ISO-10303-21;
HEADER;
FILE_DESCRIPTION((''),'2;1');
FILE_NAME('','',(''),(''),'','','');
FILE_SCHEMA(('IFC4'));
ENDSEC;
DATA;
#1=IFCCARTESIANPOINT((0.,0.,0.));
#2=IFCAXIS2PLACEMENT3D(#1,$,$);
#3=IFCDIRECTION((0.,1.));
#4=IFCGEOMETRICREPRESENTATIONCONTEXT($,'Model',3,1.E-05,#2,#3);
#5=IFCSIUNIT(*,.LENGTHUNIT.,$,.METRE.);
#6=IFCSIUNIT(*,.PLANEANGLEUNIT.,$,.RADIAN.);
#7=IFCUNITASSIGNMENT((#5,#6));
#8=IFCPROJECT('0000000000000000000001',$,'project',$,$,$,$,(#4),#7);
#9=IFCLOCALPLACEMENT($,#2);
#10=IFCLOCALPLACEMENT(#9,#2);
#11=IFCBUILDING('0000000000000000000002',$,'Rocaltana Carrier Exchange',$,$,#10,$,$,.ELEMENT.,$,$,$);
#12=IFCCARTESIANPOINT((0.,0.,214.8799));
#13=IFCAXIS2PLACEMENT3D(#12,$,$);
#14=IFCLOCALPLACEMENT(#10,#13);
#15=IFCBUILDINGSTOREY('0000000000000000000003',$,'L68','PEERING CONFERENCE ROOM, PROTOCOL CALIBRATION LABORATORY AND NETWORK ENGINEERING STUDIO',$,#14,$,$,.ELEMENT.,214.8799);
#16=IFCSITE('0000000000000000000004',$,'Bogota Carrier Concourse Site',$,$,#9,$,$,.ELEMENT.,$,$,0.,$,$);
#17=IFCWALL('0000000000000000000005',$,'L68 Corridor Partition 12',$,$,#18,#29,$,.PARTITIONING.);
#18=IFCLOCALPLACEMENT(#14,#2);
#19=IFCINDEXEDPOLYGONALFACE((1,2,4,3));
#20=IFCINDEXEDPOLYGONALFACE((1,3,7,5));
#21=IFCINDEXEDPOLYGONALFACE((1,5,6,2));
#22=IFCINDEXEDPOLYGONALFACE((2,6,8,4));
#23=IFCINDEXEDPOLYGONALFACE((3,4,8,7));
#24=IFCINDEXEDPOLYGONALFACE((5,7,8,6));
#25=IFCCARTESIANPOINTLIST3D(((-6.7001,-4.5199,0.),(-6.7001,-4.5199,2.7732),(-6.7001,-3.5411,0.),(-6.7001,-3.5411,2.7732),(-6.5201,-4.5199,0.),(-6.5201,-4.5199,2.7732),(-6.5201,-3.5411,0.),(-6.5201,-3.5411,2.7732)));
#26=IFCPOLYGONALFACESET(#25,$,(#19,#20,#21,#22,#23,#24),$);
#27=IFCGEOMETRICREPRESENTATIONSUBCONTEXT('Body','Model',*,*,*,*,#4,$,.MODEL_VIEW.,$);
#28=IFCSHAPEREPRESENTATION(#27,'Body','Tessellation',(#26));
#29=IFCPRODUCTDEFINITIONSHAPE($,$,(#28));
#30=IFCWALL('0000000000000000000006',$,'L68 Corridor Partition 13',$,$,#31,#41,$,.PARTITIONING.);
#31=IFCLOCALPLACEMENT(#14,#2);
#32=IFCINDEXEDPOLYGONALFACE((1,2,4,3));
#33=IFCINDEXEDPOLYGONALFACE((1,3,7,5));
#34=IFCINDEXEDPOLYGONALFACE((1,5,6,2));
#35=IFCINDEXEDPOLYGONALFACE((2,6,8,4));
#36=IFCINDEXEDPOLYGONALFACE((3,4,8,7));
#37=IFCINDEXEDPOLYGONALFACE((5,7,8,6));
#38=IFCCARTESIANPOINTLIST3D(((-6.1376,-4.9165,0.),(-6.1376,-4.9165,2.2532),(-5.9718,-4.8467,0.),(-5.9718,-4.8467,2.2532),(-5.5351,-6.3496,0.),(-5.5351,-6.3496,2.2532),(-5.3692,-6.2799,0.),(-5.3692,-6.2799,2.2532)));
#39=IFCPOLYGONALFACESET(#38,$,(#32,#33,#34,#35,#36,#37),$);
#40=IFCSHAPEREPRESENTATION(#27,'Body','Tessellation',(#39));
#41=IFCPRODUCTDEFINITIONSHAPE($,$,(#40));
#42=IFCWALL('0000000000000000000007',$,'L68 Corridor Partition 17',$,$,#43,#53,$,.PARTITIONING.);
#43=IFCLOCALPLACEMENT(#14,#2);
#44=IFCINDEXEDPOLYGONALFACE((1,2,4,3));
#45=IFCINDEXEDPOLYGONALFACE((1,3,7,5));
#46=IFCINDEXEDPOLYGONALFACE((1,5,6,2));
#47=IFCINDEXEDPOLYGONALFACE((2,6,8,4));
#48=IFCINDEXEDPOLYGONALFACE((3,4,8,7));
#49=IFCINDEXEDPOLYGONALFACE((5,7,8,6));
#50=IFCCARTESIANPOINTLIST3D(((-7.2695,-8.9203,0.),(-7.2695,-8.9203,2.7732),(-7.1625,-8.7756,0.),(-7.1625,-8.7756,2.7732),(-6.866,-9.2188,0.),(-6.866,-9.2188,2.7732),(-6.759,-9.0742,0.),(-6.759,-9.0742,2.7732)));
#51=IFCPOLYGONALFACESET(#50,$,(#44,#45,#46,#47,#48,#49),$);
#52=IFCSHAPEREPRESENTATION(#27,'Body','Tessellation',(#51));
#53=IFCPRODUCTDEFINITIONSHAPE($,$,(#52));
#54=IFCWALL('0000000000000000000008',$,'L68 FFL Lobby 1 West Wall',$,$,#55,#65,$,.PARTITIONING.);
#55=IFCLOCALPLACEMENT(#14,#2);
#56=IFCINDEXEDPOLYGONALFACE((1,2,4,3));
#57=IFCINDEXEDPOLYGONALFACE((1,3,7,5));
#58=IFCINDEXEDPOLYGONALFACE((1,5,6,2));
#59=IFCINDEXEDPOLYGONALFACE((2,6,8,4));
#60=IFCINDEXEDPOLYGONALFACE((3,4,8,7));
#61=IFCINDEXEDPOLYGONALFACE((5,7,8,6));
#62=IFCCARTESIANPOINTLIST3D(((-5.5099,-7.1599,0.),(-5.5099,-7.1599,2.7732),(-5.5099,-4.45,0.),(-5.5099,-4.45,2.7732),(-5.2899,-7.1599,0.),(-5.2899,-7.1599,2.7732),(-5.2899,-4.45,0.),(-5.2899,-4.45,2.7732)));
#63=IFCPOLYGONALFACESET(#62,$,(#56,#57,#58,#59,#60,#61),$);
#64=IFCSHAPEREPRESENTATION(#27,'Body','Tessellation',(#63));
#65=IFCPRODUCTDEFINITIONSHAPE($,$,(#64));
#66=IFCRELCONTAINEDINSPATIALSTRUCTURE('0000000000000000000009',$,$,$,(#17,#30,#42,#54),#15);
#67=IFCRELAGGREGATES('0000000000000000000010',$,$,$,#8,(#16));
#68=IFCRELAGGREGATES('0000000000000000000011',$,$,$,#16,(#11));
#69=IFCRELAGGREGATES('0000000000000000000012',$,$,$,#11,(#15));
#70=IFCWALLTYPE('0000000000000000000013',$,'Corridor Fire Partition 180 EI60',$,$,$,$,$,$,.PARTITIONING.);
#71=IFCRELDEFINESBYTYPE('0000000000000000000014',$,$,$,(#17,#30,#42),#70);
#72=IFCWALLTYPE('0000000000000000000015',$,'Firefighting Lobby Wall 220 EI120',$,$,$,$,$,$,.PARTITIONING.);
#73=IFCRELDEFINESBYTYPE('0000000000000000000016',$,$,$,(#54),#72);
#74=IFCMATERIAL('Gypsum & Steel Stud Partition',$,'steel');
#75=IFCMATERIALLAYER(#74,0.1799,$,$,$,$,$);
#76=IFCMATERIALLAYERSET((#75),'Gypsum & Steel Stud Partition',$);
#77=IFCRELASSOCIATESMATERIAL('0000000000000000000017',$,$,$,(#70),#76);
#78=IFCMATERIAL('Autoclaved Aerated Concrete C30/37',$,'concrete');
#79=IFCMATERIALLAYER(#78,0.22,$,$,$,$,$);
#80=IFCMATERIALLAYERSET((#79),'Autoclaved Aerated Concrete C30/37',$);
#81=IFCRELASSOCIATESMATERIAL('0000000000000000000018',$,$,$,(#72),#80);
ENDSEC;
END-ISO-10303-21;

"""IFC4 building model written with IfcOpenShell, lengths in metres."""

from ifc_helpers import new_model, si_unit, direction, frame, frame_2d, origin, place, context, subcontext, project, spatial, rectangle, extrude, material, layer, layer_set, type_object, element, save


model = new_model("IFC4")

# Units and contexts
model_context = context("Model", 3, precision=1e-05, world=origin(), true_north=direction((0.0, 1.0)))
body_context = subcontext(model_context, "Body", "Model", "MODEL_VIEW")
ifc_project = project(units=[si_unit("LENGTHUNIT", "METRE"), si_unit("PLANEANGLEUNIT", "RADIAN")], contexts=[model_context])

# Site, building, storey
site_placement = place(None, origin())
site = spatial("IfcSite", under=ifc_project, at=site_placement, Name="Bogota Carrier Concourse Site", CompositionType="ELEMENT", RefElevation=0.0)
building_placement = place(site_placement, origin())
building = spatial("IfcBuilding", under=site, at=building_placement, Name="Rocaltana Carrier Exchange", CompositionType="ELEMENT")
storey_placement = place(building_placement, frame((0.0, 0.0, 214.8799)))
storey = spatial("IfcBuildingStorey", under=building, at=storey_placement, Name="L68", Description="PEERING CONFERENCE ROOM, PROTOCOL CALIBRATION LABORATORY AND NETWORK ENGINEERING STUDIO", CompositionType="ELEMENT", Elevation=214.8799)

# Shared definitions
ifc_material_1 = material(Name="Gypsum & Steel Stud Partition", Category="steel")
ifc_layer_1 = layer(ifc_material_1, 0.1799)
ifc_layer_set_1 = layer_set([ifc_layer_1], Name="Gypsum & Steel Stud Partition")
wall_type_1 = type_object("IfcWallType", Name="Corridor Fire Partition 180 EI60", PredefinedType="PARTITIONING", material=ifc_layer_set_1)

# Walls
wall_1_placement = place(storey_placement, frame((-6.6101, -3.5413, 0.0), z_axis=(0.0, 0.0, 1.0), x_axis=(0.0, -1.0, 0.0)))
element("IfcWall", 1, at=wall_1_placement, inside=storey, type_object=wall_type_1, Name="L68 Corridor Partition 12", PredefinedType="PARTITIONING", context=body_context, shape_type="SweptSolid", body=[
    extrude(rectangle(XDim=0.9788, YDim=0.1799, at=frame_2d((0.4893, 0.0))), origin(), (0.0, 0.0, 1.0), 2.7732),
])
wall_2_placement = place(storey_placement, frame((-6.0547, -4.8816, 0.0), z_axis=(0.0, 0.0, 1.0), x_axis=(0.38758, -0.921836, 0.0)))
element("IfcWall", 2, at=wall_2_placement, inside=storey, type_object=wall_type_1, Name="L68 Corridor Partition 13", PredefinedType="PARTITIONING", context=body_context, shape_type="SweptSolid", body=[
    extrude(rectangle(XDim=1.5547, YDim=0.1799, at=frame_2d((0.7773, 0.0))), origin(), (0.0, 0.0, 1.0), 2.2532),
])
wall_3_placement = place(storey_placement, frame((-6.8125, -9.1465, 0.0), z_axis=(0.0, 0.0, 1.0), x_axis=(-0.803893, 0.594774, 0.0)))
element("IfcWall", 3, at=wall_3_placement, inside=storey, type_object=wall_type_1, Name="L68 Corridor Partition 17", PredefinedType="PARTITIONING", context=body_context, shape_type="SweptSolid", body=[
    extrude(rectangle(XDim=0.502, YDim=0.1799, at=frame_2d((0.251, 0.0))), origin(), (0.0, 0.0, 1.0), 2.7732),
])
ifc_material_2 = material(Name="Autoclaved Aerated Concrete C30/37", Category="concrete")
ifc_layer_2 = layer(ifc_material_2, 0.22)
ifc_layer_set_2 = layer_set([ifc_layer_2], Name="Autoclaved Aerated Concrete C30/37")
wall_type_2 = type_object("IfcWallType", Name="Firefighting Lobby Wall 220 EI120", PredefinedType="PARTITIONING", material=ifc_layer_set_2)
wall_4_placement = place(storey_placement, frame((-5.3999, -7.1599, 0.0), z_axis=(0.0, 0.0, 1.0), x_axis=(0.0, 1.0, 0.0)))
element("IfcWall", 4, at=wall_4_placement, inside=storey, type_object=wall_type_2, Name="L68 FFL Lobby 1 West Wall", PredefinedType="PARTITIONING", context=body_context, shape_type="SweptSolid", body=[
    extrude(rectangle(XDim=2.71, YDim=0.22, at=frame_2d((1.355, 0.0))), origin(), (0.0, 0.0, 1.0), 2.7732),
])

save(model, "model.ifc")
